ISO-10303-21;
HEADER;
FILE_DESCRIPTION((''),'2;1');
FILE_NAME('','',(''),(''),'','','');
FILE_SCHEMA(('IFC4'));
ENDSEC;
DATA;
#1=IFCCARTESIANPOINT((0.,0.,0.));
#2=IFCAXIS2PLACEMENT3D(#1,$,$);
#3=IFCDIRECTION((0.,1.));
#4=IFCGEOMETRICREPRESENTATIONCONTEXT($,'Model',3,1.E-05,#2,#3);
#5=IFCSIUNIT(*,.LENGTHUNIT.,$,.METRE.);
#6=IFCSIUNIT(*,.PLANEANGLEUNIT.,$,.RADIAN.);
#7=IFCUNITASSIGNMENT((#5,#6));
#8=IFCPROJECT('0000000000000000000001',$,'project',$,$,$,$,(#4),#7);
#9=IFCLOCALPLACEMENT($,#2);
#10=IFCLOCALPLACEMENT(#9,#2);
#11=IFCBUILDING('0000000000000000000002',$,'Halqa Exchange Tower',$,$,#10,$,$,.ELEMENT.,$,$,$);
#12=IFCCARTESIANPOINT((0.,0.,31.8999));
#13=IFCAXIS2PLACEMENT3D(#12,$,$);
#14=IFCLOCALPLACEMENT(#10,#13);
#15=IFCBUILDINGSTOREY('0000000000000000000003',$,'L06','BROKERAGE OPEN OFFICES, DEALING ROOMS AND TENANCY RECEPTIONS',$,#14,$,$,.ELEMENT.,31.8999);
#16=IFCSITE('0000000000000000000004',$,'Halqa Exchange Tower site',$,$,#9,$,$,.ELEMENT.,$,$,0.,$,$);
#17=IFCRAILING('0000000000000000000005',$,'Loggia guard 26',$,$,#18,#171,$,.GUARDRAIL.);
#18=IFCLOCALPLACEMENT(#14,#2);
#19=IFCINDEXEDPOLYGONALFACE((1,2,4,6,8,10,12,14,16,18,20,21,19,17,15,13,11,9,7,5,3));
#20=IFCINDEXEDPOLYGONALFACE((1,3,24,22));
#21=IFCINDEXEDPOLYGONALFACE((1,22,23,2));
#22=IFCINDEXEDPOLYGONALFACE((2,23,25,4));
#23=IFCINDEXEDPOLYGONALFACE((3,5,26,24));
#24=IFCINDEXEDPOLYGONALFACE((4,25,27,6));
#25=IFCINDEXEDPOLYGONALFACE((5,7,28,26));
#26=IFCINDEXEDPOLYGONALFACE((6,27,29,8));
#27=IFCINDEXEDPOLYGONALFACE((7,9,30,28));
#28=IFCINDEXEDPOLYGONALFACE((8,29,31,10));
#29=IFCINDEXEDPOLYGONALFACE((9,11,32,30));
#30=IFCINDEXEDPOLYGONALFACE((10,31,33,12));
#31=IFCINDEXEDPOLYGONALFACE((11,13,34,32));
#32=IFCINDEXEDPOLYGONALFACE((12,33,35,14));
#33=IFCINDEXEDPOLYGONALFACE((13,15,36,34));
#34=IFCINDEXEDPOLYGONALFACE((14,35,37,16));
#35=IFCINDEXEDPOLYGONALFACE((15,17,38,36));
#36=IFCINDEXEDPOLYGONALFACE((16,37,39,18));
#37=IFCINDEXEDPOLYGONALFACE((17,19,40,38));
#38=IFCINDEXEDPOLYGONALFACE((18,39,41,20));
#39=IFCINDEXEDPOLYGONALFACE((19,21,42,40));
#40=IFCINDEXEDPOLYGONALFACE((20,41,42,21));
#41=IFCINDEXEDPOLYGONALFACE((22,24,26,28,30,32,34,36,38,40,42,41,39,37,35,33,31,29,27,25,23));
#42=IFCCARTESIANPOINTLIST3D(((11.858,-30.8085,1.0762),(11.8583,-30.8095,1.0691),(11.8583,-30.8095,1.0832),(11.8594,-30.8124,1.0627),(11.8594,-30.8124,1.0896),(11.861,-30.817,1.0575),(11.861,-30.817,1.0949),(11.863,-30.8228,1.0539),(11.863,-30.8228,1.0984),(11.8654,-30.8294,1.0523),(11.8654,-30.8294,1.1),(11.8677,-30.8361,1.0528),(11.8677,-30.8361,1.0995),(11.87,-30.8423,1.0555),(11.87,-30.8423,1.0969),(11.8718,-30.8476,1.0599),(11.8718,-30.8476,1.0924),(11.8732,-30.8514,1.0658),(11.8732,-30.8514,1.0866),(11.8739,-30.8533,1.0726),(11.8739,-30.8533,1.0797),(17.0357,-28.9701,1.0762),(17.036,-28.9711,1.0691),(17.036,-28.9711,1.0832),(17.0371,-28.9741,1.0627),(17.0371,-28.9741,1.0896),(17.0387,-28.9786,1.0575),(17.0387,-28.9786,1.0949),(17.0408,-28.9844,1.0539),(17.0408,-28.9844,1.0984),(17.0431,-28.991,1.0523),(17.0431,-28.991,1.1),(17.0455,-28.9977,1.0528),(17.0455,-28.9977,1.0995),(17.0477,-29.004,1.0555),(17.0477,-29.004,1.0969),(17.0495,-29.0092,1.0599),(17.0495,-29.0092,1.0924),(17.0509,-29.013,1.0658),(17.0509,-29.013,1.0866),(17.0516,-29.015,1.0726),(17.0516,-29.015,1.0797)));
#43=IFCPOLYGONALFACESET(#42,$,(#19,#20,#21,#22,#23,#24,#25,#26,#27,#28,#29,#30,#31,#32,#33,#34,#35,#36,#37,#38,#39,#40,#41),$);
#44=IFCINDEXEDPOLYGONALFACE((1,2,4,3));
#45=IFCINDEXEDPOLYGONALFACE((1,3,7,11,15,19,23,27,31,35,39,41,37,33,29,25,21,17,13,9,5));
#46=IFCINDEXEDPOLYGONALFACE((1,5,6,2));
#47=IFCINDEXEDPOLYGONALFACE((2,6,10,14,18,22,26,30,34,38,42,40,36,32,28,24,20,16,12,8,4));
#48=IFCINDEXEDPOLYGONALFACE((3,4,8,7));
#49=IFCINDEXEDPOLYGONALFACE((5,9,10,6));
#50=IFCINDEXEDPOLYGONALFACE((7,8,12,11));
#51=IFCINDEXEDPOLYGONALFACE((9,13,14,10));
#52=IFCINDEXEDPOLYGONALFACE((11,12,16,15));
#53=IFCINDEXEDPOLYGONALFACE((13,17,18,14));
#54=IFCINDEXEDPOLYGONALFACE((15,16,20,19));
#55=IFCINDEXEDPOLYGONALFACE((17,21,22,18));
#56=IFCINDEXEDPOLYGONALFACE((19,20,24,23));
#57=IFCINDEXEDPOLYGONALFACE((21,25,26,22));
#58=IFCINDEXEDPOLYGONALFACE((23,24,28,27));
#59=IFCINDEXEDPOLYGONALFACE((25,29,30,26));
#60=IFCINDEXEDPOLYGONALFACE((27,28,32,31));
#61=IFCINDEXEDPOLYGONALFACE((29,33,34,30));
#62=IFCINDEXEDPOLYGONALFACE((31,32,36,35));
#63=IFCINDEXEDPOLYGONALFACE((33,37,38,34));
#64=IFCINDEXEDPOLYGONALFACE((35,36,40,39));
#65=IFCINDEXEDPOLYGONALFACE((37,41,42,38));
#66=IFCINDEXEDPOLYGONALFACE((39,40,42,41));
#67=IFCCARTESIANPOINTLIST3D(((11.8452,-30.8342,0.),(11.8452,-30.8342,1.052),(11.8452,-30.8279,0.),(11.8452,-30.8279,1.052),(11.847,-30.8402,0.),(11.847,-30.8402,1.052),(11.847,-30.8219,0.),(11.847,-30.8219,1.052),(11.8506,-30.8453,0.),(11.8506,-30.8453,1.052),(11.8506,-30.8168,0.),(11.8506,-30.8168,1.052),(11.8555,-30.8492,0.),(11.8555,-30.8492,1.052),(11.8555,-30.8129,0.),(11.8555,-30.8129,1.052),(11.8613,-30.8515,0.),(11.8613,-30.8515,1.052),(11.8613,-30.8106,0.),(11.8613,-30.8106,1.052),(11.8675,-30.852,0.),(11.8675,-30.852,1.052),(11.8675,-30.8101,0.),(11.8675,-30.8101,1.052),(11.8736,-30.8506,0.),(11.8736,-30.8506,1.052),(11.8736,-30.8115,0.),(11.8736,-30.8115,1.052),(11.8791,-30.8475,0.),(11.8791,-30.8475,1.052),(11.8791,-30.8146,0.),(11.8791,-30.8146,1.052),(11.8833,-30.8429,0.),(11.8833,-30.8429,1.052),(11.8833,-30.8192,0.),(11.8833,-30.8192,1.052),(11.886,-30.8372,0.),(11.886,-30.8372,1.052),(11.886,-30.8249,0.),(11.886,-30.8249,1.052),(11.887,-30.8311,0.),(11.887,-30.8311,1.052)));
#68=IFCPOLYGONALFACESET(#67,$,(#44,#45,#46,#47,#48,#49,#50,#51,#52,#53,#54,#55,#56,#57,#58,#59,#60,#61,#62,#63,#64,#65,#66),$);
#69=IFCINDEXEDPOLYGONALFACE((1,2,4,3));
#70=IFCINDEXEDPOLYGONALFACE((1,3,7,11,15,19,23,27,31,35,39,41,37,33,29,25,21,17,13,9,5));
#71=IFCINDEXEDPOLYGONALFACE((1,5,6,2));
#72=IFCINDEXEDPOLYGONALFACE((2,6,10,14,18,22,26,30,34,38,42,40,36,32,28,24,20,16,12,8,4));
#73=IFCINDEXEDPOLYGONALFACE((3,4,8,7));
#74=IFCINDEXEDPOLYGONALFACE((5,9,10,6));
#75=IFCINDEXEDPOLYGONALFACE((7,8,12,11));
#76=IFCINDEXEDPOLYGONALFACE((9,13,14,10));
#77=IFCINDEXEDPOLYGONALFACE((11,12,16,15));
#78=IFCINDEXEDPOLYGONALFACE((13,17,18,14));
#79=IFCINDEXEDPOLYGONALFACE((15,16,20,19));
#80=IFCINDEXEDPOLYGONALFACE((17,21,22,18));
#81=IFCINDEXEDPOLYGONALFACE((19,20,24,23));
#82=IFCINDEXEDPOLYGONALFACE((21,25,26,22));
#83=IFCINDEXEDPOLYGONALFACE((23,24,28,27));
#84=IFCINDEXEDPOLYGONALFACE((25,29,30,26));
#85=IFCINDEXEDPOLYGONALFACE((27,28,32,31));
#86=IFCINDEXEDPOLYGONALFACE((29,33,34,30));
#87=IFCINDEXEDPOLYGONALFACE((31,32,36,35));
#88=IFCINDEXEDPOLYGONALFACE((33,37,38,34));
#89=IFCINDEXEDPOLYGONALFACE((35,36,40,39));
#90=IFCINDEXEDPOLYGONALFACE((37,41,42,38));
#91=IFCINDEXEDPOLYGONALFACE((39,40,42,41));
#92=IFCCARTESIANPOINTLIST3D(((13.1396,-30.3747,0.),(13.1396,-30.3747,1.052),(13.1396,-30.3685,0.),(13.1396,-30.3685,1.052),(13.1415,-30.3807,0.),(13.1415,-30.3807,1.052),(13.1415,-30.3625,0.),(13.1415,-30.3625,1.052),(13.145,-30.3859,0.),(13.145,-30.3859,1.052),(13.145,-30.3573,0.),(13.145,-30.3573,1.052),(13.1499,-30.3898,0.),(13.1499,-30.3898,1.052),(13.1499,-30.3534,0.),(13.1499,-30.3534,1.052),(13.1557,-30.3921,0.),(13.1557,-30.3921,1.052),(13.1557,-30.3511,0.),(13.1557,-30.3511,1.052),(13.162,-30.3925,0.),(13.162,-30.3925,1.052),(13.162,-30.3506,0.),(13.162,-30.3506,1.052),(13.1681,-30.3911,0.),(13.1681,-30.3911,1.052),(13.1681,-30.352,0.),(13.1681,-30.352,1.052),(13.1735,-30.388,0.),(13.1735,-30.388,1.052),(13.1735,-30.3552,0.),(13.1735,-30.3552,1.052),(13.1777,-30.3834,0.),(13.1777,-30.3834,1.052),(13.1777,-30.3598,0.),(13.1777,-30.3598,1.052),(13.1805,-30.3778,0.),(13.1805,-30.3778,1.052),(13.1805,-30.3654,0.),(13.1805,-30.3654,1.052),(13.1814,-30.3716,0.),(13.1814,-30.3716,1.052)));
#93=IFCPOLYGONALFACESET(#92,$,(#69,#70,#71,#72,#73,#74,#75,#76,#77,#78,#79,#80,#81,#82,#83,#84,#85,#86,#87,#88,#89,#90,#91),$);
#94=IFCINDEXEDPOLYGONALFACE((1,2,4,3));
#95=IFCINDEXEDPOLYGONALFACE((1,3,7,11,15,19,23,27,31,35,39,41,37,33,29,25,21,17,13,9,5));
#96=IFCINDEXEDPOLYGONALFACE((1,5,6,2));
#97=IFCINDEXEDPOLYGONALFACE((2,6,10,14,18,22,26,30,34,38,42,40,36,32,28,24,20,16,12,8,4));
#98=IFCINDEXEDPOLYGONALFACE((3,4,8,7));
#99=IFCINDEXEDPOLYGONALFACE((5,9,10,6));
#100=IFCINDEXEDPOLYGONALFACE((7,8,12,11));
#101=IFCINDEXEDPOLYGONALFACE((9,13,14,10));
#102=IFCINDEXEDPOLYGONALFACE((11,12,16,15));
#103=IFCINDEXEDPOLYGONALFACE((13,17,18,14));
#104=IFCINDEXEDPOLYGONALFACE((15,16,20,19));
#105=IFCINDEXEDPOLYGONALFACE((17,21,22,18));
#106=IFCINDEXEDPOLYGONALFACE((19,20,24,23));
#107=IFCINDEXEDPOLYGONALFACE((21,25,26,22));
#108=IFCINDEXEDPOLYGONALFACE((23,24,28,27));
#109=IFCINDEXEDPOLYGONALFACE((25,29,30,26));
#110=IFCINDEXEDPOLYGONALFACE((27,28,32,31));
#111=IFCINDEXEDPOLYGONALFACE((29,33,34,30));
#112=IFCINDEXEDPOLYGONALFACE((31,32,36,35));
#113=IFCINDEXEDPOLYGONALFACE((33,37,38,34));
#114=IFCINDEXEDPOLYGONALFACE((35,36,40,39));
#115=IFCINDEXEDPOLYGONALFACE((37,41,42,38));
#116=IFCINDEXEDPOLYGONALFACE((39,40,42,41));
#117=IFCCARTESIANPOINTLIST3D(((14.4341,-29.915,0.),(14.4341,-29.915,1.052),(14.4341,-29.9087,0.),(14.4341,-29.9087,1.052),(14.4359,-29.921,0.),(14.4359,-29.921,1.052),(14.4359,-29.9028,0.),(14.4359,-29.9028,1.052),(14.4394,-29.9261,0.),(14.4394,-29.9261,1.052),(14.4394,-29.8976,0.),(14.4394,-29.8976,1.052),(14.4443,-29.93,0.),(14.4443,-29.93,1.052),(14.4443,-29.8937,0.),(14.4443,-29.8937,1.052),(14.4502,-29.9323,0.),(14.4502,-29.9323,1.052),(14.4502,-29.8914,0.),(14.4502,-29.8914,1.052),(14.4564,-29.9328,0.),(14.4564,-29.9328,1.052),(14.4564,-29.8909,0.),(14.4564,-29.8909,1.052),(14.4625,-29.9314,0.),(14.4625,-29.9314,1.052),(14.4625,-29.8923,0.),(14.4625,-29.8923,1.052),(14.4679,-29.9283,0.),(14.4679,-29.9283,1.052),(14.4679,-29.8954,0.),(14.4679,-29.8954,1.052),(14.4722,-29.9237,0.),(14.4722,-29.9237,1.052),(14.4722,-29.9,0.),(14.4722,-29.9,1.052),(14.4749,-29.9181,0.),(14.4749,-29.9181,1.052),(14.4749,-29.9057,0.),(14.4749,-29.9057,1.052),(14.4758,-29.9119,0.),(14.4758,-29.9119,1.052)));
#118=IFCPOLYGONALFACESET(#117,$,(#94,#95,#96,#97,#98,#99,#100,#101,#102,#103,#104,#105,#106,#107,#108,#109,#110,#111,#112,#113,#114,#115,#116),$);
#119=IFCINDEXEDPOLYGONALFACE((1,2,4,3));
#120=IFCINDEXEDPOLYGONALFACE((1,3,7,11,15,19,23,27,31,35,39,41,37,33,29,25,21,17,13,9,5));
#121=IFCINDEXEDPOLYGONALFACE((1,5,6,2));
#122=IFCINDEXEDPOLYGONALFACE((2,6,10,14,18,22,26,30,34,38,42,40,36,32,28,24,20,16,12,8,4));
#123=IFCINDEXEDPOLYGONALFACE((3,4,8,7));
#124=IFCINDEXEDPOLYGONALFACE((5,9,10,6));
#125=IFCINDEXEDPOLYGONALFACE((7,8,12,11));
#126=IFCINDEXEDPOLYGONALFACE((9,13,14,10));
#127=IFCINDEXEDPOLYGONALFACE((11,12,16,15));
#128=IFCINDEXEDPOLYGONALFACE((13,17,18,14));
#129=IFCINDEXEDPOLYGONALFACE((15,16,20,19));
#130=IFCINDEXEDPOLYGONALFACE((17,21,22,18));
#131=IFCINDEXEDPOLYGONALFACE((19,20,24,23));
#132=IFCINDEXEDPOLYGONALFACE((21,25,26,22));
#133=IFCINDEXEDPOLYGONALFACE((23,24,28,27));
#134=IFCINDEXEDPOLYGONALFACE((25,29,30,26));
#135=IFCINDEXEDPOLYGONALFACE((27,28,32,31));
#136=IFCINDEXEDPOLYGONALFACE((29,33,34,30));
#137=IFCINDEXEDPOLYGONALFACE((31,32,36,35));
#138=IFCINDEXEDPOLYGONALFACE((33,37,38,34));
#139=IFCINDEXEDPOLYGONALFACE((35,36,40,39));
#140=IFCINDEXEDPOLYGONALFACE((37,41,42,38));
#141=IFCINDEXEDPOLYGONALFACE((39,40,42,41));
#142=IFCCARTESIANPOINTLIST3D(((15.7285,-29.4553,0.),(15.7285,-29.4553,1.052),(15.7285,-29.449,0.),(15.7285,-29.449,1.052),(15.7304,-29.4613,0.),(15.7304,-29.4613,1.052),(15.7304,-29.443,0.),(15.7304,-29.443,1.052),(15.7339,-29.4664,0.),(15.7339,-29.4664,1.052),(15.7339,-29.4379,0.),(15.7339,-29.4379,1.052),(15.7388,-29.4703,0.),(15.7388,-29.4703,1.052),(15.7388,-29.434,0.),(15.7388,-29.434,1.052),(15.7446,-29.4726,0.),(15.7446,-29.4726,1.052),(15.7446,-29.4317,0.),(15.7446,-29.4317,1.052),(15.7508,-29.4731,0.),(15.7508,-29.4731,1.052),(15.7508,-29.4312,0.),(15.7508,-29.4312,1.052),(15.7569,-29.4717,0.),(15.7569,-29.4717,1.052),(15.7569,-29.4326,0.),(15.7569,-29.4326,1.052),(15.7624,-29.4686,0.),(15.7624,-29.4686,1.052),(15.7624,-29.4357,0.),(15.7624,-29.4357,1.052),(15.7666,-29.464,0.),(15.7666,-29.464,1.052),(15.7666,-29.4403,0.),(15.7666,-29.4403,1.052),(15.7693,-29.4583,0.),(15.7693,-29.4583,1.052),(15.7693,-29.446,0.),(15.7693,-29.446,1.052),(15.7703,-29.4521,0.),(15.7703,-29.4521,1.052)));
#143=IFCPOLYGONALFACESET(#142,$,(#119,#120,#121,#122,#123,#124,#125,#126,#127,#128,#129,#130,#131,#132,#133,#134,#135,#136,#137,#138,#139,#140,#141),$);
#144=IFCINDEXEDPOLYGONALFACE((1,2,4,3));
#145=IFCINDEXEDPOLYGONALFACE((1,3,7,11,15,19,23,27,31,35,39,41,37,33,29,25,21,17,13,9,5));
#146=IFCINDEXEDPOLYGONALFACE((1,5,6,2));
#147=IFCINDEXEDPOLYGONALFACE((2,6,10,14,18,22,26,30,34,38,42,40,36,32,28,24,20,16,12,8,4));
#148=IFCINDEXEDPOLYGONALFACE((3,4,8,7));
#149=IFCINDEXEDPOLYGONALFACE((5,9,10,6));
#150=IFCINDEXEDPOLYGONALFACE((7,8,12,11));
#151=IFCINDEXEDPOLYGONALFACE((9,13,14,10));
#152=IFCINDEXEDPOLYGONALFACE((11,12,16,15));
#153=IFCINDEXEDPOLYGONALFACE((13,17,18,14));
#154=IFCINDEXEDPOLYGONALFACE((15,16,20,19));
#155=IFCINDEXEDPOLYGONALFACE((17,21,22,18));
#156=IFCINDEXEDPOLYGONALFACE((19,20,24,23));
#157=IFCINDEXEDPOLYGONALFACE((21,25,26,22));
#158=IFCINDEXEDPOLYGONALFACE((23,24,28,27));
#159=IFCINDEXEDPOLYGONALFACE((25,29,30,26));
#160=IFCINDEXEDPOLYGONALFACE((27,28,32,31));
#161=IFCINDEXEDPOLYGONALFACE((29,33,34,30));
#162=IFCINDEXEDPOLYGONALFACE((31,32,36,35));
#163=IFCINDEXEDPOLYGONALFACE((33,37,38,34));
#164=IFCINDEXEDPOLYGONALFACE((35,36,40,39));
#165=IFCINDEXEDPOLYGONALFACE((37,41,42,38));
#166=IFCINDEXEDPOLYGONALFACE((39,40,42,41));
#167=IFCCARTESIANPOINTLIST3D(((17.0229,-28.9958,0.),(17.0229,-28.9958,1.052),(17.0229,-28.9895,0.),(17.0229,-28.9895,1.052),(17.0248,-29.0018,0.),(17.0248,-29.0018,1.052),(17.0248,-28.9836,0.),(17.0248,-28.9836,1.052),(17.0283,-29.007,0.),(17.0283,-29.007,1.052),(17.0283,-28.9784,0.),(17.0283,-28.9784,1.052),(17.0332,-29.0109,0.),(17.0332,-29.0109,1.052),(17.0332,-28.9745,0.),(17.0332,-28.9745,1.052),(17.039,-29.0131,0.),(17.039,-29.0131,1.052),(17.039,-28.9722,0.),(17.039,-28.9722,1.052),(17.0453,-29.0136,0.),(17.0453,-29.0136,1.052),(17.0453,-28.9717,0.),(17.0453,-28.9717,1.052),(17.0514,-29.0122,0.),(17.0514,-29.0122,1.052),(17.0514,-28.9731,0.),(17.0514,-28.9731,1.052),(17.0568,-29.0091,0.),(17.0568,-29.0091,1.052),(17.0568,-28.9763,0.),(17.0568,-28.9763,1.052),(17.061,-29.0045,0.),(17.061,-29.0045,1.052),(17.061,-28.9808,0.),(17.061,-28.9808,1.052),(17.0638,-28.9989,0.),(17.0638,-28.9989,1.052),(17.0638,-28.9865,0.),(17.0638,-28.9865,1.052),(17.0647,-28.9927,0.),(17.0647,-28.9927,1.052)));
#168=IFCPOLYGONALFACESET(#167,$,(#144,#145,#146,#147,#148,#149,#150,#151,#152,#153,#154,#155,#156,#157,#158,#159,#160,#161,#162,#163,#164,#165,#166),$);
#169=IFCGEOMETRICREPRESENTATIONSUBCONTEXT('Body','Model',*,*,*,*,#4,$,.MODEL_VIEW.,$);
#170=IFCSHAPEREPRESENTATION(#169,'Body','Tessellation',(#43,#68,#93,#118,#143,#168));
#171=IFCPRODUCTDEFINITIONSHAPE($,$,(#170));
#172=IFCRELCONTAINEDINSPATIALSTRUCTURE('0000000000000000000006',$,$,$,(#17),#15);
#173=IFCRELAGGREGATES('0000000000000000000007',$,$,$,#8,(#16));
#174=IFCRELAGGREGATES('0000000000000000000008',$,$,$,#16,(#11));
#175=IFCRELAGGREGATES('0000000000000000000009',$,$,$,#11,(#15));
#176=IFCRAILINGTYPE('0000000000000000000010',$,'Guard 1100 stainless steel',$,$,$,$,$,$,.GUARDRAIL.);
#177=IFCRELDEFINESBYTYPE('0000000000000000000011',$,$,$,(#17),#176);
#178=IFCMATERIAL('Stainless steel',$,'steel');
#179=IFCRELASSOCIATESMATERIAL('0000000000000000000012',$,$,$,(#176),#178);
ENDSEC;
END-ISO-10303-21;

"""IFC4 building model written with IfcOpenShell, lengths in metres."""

from ifc_helpers import new_model, si_unit, direction, frame, origin, origin_2d, place, context, subcontext, project, spatial, circle, extrude, material, type_object, element, save


model = new_model("IFC4")

# Units and contexts
model_context = context("Model", 3, precision=1e-05, world=origin(), true_north=direction((0.0, 1.0)))
body_context = subcontext(model_context, "Body", "Model", "MODEL_VIEW")
ifc_project = project(units=[si_unit("LENGTHUNIT", "METRE"), si_unit("PLANEANGLEUNIT", "RADIAN")], contexts=[model_context])

# Site, building, storey
site_placement = place(None, origin())
site = spatial("IfcSite", under=ifc_project, at=site_placement, Name="Halqa Exchange Tower site", CompositionType="ELEMENT", RefElevation=0.0)
building_placement = place(site_placement, origin())
building = spatial("IfcBuilding", under=site, at=building_placement, Name="Halqa Exchange Tower", CompositionType="ELEMENT")
storey_placement = place(building_placement, frame((0.0, 0.0, 31.8999)))
storey = spatial("IfcBuildingStorey", under=building, at=storey_placement, Name="L06", Description="BROKERAGE OPEN OFFICES, DEALING ROOMS AND TENANCY RECEPTIONS", CompositionType="ELEMENT", Elevation=31.8999)

# Railing
ifc_material_1 = material(Name="Stainless steel", Category="steel")
railing_type = type_object("IfcRailingType", Name="Guard 1100 stainless steel", PredefinedType="GUARDRAIL", material=ifc_material_1)
railing_1_placement = place(storey_placement, frame((11.866, -30.8311, 0.0)))
element("IfcRailing", 1, at=railing_1_placement, inside=storey, type_object=railing_type, Name="Loggia guard 26", PredefinedType="GUARDRAIL", context=body_context, shape_type="SweptSolid", body=[
    extrude(circle(Radius=0.0239, at=origin_2d()), frame((0.0, 0.0, 1.0762), z_axis=(0.942364, 0.334591, 0.0), x_axis=(-0.334591, 0.942364, 0.0)), (0.0, 0.0, 1.0), 5.4944),
    extrude(circle(Radius=0.021, at=origin_2d()), origin(), (0.0, 0.0, 1.0), 1.052),
    extrude(circle(Radius=0.021, at=origin_2d()), frame((1.2944, 0.4595, 0.0)), (0.0, 0.0, 1.0), 1.052),
    extrude(circle(Radius=0.021, at=origin_2d()), frame((2.5889, 0.9192, 0.0)), (0.0, 0.0, 1.0), 1.052),
    extrude(circle(Radius=0.021, at=origin_2d()), frame((3.8833, 1.3789, 0.0)), (0.0, 0.0, 1.0), 1.052),
    extrude(circle(Radius=0.021, at=origin_2d()), frame((5.1777, 1.8384, 0.0)), (0.0, 0.0, 1.0), 1.052),
])

save(model, "model.ifc")
